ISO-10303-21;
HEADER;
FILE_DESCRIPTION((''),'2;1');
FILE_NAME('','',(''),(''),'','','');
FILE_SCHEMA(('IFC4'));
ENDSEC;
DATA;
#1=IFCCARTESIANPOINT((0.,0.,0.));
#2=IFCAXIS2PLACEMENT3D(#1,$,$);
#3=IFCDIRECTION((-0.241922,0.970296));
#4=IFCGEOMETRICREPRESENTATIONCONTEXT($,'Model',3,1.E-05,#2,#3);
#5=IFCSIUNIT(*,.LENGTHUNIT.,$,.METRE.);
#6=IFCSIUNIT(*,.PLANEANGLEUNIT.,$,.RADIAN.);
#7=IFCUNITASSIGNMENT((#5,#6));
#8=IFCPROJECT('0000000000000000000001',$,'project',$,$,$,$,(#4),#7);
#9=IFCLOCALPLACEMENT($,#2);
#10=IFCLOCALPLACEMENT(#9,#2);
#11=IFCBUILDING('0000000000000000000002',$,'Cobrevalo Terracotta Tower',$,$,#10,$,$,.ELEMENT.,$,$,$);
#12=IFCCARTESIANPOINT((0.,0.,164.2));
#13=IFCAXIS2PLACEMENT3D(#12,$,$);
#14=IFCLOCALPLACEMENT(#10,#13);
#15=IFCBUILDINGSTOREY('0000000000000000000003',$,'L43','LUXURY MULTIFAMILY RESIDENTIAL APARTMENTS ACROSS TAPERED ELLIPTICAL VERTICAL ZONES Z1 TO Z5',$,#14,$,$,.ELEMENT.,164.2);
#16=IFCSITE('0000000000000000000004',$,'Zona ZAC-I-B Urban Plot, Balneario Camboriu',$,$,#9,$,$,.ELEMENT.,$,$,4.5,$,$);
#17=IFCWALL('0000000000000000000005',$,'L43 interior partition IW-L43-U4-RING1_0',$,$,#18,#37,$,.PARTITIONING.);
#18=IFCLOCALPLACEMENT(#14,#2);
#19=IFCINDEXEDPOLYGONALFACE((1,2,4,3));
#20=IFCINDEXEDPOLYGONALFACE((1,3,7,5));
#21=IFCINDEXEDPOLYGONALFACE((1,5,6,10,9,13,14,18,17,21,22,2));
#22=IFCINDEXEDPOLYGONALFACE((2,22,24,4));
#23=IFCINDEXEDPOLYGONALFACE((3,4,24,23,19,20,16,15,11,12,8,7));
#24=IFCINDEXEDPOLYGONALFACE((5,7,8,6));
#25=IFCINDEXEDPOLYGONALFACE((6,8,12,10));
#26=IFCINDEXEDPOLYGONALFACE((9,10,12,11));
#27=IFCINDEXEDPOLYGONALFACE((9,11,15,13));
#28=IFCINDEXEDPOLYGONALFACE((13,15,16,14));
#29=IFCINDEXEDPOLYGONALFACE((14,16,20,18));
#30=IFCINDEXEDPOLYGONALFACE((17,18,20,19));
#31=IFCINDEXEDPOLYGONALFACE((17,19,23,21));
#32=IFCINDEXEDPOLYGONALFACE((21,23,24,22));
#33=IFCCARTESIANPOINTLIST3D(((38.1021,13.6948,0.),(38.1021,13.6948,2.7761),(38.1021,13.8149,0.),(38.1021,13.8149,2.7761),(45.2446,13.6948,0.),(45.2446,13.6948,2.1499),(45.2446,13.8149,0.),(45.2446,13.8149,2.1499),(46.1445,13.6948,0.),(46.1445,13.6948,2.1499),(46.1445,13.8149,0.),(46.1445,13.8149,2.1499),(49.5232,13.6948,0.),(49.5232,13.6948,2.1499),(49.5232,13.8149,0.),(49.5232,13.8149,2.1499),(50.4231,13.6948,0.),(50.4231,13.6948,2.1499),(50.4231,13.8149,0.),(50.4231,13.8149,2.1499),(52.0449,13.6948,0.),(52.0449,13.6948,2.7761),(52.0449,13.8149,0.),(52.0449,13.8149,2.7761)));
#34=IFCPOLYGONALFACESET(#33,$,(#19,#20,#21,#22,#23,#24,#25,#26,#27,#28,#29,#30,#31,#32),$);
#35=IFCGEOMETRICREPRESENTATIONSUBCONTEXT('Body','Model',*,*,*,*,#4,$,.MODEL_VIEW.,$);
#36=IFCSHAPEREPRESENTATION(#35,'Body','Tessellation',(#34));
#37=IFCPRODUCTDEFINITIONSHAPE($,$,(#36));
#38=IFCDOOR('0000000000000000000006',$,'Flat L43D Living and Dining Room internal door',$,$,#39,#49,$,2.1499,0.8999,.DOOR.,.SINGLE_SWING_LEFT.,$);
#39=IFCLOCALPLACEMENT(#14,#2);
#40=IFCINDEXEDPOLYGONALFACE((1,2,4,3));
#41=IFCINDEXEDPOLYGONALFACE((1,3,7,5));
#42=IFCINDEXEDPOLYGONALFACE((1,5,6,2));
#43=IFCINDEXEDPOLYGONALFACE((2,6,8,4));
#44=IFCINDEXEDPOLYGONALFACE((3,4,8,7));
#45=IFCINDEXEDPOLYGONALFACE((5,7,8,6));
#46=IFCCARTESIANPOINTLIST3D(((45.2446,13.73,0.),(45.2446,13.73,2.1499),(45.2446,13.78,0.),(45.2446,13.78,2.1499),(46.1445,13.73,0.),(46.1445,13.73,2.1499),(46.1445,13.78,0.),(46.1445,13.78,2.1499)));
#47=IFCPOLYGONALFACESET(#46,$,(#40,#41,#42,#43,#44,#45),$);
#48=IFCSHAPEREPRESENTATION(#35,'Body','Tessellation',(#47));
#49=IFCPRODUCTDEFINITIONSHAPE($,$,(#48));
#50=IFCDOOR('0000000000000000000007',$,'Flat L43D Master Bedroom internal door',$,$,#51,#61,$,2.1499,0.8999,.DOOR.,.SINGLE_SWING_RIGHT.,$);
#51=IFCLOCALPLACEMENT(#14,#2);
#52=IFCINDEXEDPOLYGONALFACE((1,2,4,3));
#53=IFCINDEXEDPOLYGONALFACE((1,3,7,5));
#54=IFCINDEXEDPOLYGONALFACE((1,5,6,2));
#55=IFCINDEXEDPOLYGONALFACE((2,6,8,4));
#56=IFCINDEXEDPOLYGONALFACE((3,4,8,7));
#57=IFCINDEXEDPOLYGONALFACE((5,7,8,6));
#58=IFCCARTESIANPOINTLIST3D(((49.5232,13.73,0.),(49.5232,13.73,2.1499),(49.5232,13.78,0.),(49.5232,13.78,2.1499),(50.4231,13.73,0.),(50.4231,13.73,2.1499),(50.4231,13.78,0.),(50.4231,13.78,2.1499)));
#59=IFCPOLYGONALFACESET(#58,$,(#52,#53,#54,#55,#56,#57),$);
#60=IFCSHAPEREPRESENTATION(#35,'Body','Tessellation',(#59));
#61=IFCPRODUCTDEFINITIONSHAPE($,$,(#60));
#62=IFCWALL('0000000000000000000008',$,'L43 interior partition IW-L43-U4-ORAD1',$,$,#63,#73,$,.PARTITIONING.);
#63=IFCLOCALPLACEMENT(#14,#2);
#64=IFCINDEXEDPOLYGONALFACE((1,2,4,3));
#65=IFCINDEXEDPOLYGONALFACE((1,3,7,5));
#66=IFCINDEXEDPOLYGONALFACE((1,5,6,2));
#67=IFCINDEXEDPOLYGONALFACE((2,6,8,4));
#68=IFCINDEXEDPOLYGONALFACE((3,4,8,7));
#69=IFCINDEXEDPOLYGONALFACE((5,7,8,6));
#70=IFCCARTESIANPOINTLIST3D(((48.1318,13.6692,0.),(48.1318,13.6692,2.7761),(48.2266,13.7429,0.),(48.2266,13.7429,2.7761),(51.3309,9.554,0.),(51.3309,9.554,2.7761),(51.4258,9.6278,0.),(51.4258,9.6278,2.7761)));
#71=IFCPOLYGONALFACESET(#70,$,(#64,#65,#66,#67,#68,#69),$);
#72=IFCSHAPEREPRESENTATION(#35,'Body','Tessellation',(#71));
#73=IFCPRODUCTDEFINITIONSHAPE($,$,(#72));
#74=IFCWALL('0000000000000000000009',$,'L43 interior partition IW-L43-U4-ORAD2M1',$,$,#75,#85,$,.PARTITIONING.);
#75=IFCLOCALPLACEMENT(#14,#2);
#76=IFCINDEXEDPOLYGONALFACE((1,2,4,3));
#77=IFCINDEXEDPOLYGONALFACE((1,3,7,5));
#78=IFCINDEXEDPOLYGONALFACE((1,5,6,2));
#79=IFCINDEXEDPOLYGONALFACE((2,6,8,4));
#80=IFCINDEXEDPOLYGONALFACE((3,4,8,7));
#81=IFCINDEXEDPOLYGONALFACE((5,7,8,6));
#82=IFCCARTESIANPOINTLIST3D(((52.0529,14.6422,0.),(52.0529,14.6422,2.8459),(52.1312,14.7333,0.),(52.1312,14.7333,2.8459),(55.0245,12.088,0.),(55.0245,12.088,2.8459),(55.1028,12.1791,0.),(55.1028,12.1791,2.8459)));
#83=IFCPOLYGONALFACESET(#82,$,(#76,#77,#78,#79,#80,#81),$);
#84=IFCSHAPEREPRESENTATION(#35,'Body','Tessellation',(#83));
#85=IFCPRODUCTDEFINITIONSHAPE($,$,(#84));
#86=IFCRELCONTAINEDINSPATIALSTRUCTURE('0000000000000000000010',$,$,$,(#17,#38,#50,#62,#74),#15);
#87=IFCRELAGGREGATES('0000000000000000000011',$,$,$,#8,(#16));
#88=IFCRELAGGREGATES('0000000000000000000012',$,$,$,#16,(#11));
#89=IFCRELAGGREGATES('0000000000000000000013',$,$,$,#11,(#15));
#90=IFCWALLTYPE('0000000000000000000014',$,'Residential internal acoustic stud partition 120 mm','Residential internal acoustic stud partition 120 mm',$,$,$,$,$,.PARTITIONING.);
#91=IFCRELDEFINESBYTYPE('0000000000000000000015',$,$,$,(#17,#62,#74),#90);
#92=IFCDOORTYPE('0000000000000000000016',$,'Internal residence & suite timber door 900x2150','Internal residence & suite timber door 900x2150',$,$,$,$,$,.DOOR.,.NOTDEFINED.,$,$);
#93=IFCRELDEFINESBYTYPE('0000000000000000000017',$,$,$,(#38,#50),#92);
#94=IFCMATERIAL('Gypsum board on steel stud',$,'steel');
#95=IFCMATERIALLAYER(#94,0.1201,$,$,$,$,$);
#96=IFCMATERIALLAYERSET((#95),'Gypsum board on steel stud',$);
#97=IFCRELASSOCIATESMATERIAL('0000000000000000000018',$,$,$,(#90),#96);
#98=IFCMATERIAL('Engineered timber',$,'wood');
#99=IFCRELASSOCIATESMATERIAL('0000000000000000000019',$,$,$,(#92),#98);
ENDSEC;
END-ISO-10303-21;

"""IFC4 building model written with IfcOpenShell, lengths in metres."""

from ifc_helpers import new_model, si_unit, direction, frame, frame_2d, origin, place, context, subcontext, project, spatial, rectangle, extrude, source, transform, mapped, material, layer, layer_set, type_object, element, fill, save


model = new_model("IFC4")

# Units and contexts
model_context = context("Model", 3, precision=1e-05, world=origin(), true_north=direction((-0.241922, 0.970296)))
body_context = subcontext(model_context, "Body", "Model", "MODEL_VIEW")
ifc_project = project(units=[si_unit("LENGTHUNIT", "METRE"), si_unit("PLANEANGLEUNIT", "RADIAN")], contexts=[model_context])

# Site, building, storey
site_placement = place(None, origin())
site = spatial("IfcSite", under=ifc_project, at=site_placement, Name="Zona ZAC-I-B Urban Plot, Balneario Camboriu", CompositionType="ELEMENT", RefElevation=4.5)
building_placement = place(site_placement, origin())
building = spatial("IfcBuilding", under=site, at=building_placement, Name="Cobrevalo Terracotta Tower", CompositionType="ELEMENT")
storey_placement = place(building_placement, frame((0.0, 0.0, 164.2)))
storey = spatial("IfcBuildingStorey", under=building, at=storey_placement, Name="L43", Description="LUXURY MULTIFAMILY RESIDENTIAL APARTMENTS ACROSS TAPERED ELLIPTICAL VERTICAL ZONES Z1 TO Z5", CompositionType="ELEMENT", Elevation=164.2)

# Wall, openings, doors
ifc_material_1 = material(Name="Gypsum board on steel stud", Category="steel")
ifc_layer_1 = layer(ifc_material_1, 0.1201)
ifc_layer_set_1 = layer_set([ifc_layer_1], Name="Gypsum board on steel stud")
wall_type = type_object("IfcWallType", Name="Residential internal acoustic stud partition 120 mm", Description="Residential internal acoustic stud partition 120 mm", PredefinedType="PARTITIONING", material=ifc_layer_set_1)
wall_1_placement = place(storey_placement, frame((52.0449, 13.7549, 0.0), z_axis=(0.0, 0.0, 1.0), x_axis=(-1.0, 0.0, 0.0)))
wall_1 = element("IfcWall", 1, at=wall_1_placement, inside=storey, type_object=wall_type, Name="L43 interior partition IW-L43-U4-RING1_0", PredefinedType="PARTITIONING", context=body_context, shape_type="SweptSolid", body=[
    extrude(rectangle(XDim=13.9429, YDim=0.1201, at=frame_2d((6.9714, 0.0))), origin(), (0.0, 0.0, 1.0), 2.7761),
])
opening_1_placement = place(wall_1_placement, frame((5.9004, 0.0, 0.0)))
opening_1 = element("IfcOpeningElement", 2, at=opening_1_placement, cuts=wall_1, PredefinedType="OPENING", context=body_context, shape_type="SweptSolid", body=[
    extrude(rectangle(XDim=0.8999, YDim=2.1499, at=frame_2d((0.45, 1.075))), frame((0.0, 0.0701, 0.0), z_axis=(0.0, -1.0, 0.0), x_axis=(1.0, 0.0, 0.0)), (0.0, 0.0, 1.0), 0.1401),
])
opening_2_placement = place(wall_1_placement, frame((1.6218, 0.0, 0.0)))
opening_2 = element("IfcOpeningElement", 3, at=opening_2_placement, cuts=wall_1, PredefinedType="OPENING", context=body_context, shape_type="SweptSolid", body=[
    extrude(rectangle(XDim=0.8999, YDim=2.1499, at=frame_2d((0.45, 1.075))), frame((0.0, 0.0701, 0.0), z_axis=(0.0, -1.0, 0.0), x_axis=(1.0, 0.0, 0.0)), (0.0, 0.0, 1.0), 0.1401),
])
ifc_material_2 = material(Name="Engineered timber", Category="wood")
door_type = type_object("IfcDoorType", Name="Internal residence & suite timber door 900x2150", Description="Internal residence & suite timber door 900x2150", OperationType="NOTDEFINED", PredefinedType="DOOR", material=ifc_material_2)
shared_shape_1 = source(origin(), body_context, "Body", "SweptSolid", [
    extrude(rectangle(XDim=0.8999, YDim=2.1499, at=frame_2d((0.45, 1.075))), frame((0.0, 0.0249, 0.0), z_axis=(0.0, -1.0, 0.0), x_axis=(1.0, 0.0, 0.0)), (0.0, 0.0, 1.0), 0.05),
])
door_1_placement = place(opening_1_placement, origin())
door_1 = element("IfcDoor", 4, at=door_1_placement, inside=storey, type_object=door_type, Name="Flat L43D Living and Dining Room internal door", OperationType="SINGLE_SWING_LEFT", OverallHeight=2.1499, OverallWidth=0.8999, PredefinedType="DOOR", context=body_context, shape_type="MappedRepresentation", body=[
    mapped(shared_shape_1, transform((0.0, 0.0, 0.0), scale=1.0)),
])
fill(opening_1, door_1)
door_2_placement = place(opening_2_placement, origin())
door_2 = element("IfcDoor", 5, at=door_2_placement, inside=storey, type_object=door_type, Name="Flat L43D Master Bedroom internal door", OperationType="SINGLE_SWING_RIGHT", OverallHeight=2.1499, OverallWidth=0.8999, PredefinedType="DOOR", context=body_context, shape_type="MappedRepresentation", body=[
    mapped(shared_shape_1, transform((0.0, 0.0, 0.0), scale=1.0)),
])
fill(opening_2, door_2)

# Walls
wall_2_placement = place(storey_placement, frame((48.1792, 13.7061, 0.0), z_axis=(0.0, 0.0, 1.0), x_axis=(0.613759, -0.789493, 0.0)))
element("IfcWall", 6, at=wall_2_placement, inside=storey, type_object=wall_type, Name="L43 interior partition IW-L43-U4-ORAD1", PredefinedType="PARTITIONING", context=body_context, shape_type="SweptSolid", body=[
    extrude(rectangle(XDim=5.2124, YDim=0.1201, at=frame_2d((2.6062, 0.0))), origin(), (0.0, 0.0, 1.0), 2.7761),
])
wall_3_placement = place(storey_placement, frame((52.092, 14.6877, 0.0), z_axis=(0.0, 0.0, 1.0), x_axis=(0.758368, -0.651827, 0.0)))
element("IfcWall", 7, at=wall_3_placement, inside=storey, type_object=wall_type, Name="L43 interior partition IW-L43-U4-ORAD2M1", PredefinedType="PARTITIONING", context=body_context, shape_type="SweptSolid", body=[
    extrude(rectangle(XDim=3.9185, YDim=0.1201, at=frame_2d((1.9592, 0.0))), origin(), (0.0, 0.0, 1.0), 2.8459),
])

save(model, "model.ifc")
